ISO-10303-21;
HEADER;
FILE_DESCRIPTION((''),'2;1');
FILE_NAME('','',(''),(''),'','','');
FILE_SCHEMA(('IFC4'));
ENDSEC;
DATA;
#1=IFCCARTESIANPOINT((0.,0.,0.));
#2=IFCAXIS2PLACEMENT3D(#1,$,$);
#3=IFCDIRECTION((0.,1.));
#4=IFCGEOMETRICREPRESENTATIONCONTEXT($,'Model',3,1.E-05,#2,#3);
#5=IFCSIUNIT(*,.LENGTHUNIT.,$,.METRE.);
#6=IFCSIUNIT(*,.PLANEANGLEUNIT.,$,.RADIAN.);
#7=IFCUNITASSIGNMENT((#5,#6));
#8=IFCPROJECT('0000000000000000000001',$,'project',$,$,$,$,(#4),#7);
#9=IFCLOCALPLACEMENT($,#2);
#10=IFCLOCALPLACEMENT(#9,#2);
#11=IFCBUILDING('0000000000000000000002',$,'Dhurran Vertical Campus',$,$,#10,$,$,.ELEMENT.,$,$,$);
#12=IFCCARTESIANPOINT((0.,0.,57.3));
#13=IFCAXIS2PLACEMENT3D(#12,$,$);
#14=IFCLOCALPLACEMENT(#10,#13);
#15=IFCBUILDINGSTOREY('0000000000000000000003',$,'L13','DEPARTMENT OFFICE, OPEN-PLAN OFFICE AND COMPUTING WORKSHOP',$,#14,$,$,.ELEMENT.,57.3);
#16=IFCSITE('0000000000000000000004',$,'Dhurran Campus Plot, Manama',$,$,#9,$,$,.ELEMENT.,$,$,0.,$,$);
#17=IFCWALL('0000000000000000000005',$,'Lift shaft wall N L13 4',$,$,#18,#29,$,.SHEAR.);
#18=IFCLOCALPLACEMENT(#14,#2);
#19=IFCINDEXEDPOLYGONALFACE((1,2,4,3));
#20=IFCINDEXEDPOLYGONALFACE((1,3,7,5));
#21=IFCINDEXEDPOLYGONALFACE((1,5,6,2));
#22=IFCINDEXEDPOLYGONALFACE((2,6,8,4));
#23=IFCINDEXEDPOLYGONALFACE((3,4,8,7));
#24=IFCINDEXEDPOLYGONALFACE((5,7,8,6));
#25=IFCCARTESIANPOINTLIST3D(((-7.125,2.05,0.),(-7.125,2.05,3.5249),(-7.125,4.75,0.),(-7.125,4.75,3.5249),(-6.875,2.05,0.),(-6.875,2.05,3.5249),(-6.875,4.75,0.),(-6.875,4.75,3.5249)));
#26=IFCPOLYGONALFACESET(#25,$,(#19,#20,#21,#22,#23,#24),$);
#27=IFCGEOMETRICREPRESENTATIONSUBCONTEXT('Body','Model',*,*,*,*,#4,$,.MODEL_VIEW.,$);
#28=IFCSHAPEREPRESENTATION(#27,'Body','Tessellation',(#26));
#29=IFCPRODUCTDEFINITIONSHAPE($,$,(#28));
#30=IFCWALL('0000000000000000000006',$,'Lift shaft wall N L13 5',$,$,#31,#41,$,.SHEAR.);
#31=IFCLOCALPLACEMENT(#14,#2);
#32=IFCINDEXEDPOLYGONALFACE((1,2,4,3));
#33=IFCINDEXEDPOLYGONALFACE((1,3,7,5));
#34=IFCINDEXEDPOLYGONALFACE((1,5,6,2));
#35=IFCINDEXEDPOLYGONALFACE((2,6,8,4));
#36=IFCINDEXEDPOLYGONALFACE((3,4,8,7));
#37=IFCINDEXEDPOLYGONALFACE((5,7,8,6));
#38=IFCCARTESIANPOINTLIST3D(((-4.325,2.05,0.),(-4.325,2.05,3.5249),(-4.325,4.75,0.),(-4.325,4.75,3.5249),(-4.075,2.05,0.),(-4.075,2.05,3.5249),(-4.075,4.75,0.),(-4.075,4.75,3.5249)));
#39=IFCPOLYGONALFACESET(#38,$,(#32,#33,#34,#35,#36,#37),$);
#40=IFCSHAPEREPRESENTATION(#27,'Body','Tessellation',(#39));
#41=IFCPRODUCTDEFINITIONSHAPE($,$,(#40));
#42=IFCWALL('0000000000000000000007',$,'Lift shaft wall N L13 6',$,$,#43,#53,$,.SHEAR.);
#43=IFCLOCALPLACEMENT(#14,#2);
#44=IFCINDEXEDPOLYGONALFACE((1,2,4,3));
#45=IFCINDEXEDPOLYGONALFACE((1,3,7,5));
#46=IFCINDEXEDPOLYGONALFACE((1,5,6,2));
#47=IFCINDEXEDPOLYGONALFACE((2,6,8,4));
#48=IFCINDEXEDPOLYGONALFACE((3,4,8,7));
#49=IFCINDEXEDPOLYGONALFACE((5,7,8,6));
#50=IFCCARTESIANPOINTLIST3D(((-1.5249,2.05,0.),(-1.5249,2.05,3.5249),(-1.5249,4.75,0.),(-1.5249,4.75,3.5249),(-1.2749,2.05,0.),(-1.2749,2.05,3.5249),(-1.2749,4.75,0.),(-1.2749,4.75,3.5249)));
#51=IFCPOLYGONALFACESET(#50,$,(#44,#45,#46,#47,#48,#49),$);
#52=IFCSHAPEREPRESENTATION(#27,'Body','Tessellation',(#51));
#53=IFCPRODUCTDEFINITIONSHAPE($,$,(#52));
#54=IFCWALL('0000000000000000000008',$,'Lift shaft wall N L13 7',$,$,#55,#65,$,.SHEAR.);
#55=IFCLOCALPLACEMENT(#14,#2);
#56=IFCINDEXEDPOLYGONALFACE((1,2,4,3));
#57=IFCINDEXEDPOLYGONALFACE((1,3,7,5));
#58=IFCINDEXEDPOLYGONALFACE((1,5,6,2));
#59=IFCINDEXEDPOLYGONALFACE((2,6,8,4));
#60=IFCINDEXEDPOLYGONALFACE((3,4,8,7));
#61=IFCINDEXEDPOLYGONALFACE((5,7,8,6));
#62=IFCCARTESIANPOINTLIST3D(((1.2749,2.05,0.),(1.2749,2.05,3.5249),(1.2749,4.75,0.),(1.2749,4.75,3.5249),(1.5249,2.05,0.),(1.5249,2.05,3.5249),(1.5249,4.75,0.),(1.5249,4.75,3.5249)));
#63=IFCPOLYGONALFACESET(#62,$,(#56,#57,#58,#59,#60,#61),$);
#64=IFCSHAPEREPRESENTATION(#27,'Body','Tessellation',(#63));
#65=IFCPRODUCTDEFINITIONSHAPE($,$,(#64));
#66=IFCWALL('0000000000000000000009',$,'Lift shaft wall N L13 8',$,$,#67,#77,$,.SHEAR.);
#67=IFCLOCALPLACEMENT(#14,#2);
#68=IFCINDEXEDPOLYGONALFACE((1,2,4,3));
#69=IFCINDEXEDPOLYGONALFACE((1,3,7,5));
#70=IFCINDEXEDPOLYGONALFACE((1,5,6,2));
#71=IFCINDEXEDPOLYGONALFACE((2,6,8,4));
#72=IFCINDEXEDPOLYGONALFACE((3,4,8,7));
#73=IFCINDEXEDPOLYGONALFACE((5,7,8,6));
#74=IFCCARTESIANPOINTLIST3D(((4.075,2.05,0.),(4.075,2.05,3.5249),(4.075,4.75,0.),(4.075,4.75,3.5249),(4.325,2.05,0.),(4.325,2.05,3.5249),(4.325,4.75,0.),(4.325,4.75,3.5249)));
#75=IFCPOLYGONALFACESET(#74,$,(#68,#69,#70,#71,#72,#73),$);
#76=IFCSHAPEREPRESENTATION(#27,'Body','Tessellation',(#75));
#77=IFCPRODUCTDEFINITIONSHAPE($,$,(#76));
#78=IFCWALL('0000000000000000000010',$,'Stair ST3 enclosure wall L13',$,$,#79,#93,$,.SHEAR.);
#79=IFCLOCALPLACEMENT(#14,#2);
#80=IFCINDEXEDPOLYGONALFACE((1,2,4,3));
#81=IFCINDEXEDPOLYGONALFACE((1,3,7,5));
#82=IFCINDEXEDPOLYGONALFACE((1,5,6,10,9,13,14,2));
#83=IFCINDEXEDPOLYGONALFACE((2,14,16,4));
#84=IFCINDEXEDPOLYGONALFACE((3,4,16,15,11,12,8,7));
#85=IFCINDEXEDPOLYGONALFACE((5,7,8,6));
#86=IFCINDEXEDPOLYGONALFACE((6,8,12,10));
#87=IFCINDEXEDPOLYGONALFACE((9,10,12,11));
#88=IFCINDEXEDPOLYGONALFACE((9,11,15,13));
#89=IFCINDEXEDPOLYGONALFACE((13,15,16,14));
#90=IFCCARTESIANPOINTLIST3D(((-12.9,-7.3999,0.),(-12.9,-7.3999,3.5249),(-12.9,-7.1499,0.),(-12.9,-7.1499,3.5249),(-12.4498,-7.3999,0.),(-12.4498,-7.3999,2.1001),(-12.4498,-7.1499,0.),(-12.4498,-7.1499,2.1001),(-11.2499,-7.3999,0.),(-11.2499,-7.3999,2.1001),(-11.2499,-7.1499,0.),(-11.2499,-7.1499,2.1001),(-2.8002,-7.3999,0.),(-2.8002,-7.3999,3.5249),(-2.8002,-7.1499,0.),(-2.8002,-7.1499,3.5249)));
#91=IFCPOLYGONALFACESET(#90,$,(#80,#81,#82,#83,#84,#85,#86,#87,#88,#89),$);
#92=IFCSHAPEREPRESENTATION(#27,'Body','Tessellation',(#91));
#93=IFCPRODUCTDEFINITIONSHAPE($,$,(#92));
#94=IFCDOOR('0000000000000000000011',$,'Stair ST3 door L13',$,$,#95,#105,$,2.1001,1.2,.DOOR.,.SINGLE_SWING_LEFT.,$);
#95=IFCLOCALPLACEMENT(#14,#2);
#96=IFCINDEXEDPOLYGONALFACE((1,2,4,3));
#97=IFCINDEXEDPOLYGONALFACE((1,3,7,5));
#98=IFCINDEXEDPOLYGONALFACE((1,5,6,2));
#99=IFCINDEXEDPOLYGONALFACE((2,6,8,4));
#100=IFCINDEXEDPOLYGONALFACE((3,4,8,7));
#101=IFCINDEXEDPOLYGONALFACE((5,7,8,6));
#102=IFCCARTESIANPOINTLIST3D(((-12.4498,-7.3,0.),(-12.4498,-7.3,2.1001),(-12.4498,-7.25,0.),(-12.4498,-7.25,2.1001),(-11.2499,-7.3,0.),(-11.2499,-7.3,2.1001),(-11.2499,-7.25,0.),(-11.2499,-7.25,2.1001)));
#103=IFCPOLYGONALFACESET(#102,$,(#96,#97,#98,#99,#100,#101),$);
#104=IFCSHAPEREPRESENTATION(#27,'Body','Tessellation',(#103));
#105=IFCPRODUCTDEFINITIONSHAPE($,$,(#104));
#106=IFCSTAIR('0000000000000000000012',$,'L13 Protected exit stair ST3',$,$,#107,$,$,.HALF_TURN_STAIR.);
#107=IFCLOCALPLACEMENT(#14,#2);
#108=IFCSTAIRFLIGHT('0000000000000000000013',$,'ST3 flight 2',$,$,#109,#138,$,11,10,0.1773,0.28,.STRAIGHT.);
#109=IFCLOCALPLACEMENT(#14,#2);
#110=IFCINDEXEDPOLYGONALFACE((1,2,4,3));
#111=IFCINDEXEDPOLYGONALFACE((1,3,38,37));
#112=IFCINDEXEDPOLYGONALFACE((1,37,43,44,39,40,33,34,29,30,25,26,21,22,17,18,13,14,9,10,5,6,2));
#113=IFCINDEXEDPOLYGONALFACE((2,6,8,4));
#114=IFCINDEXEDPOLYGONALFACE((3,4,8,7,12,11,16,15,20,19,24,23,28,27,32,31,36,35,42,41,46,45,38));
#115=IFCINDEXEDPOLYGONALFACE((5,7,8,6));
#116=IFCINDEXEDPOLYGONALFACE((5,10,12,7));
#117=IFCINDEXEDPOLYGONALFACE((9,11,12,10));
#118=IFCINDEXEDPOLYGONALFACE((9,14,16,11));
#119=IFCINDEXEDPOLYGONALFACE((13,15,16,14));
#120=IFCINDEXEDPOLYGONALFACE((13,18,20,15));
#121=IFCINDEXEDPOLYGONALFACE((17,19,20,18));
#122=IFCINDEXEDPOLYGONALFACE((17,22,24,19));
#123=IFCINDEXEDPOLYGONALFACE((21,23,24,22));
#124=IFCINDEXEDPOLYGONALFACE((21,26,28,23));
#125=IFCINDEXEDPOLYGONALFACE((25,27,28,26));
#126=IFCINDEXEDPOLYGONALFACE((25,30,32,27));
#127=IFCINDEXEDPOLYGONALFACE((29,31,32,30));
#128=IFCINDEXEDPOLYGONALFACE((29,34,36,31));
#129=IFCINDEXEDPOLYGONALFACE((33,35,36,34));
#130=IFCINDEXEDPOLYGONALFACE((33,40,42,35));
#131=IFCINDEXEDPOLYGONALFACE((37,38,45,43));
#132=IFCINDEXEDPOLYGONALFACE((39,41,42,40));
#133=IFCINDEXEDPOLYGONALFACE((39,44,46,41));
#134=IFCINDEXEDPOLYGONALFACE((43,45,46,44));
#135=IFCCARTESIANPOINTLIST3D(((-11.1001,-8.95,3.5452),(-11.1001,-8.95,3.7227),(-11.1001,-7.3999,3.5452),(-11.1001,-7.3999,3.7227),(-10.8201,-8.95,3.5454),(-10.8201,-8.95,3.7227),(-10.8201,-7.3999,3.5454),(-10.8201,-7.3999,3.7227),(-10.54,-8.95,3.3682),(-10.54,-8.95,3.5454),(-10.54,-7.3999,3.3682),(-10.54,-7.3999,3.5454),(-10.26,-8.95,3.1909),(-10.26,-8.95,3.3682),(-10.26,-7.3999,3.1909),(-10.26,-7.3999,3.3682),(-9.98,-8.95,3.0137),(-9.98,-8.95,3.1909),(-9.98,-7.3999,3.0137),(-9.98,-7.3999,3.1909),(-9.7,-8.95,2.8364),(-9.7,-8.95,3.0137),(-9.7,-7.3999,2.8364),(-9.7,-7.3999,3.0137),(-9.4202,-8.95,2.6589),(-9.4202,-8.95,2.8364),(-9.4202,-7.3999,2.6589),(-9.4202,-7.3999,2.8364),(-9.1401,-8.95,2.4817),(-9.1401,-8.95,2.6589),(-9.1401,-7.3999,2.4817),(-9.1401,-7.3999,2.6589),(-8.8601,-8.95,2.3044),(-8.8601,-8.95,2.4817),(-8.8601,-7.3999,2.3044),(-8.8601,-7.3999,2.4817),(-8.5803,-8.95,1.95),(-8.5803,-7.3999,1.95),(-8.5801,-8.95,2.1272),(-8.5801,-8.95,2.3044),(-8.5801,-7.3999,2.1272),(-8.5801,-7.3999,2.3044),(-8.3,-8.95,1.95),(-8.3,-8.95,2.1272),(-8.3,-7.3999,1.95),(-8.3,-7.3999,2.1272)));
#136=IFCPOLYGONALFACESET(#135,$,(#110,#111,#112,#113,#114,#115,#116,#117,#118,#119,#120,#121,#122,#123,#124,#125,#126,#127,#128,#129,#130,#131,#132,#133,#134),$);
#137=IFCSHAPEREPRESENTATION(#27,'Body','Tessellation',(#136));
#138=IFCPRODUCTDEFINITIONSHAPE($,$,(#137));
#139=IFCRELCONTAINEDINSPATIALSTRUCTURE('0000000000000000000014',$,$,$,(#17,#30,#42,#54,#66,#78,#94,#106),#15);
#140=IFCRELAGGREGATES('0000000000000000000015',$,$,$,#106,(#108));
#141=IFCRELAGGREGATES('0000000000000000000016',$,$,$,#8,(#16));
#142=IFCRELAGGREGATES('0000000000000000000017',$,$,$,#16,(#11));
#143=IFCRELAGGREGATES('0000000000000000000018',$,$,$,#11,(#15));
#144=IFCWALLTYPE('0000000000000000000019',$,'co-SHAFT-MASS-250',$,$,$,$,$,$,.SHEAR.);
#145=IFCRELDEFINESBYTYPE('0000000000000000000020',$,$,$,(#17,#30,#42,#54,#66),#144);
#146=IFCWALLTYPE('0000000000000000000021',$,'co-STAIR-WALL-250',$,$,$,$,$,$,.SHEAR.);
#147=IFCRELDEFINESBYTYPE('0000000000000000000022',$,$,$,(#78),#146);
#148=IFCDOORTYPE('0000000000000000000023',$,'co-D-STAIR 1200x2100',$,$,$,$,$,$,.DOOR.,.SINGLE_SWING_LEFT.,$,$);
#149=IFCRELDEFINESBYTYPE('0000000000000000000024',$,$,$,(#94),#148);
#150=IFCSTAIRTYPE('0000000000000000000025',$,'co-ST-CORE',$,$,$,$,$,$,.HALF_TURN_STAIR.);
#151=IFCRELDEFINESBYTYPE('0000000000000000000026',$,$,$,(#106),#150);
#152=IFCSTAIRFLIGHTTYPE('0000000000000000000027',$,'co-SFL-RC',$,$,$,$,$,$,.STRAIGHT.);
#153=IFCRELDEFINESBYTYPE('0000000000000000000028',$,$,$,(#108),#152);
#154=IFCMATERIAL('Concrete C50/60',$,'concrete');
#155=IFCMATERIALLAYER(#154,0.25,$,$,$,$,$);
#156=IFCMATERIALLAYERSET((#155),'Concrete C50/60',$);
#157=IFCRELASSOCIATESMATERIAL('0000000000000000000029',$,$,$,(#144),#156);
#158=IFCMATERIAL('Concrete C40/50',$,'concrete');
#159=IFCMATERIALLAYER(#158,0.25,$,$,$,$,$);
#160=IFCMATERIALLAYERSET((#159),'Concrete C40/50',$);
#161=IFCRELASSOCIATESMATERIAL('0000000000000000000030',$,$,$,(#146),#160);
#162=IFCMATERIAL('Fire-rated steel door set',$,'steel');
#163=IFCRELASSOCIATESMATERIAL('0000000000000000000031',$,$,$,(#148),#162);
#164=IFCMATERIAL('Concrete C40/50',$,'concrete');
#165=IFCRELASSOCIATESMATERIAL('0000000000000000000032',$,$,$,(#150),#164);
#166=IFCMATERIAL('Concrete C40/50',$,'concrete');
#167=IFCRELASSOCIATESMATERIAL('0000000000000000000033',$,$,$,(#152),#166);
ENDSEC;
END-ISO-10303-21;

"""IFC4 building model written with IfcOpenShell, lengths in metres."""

from ifc_helpers import new_model, si_unit, direction, frame, frame_2d, origin, place, context, subcontext, project, spatial, polyline, rectangle, outline, extrude, material, layer, layer_set, type_object, element, fill, aggregate, save


model = new_model("IFC4")

# Units and contexts
model_context = context("Model", 3, precision=1e-05, world=origin(), true_north=direction((0.0, 1.0)))
body_context = subcontext(model_context, "Body", "Model", "MODEL_VIEW")
ifc_project = project(units=[si_unit("LENGTHUNIT", "METRE"), si_unit("PLANEANGLEUNIT", "RADIAN")], contexts=[model_context])

# Site, building, storey
site_placement = place(None, origin())
site = spatial("IfcSite", under=ifc_project, at=site_placement, Name="Dhurran Campus Plot, Manama", CompositionType="ELEMENT", RefElevation=0.0)
building_placement = place(site_placement, origin())
building = spatial("IfcBuilding", under=site, at=building_placement, Name="Dhurran Vertical Campus", CompositionType="ELEMENT")
storey_placement = place(building_placement, frame((0.0, 0.0, 57.3)))
storey = spatial("IfcBuildingStorey", under=building, at=storey_placement, Name="L13", Description="DEPARTMENT OFFICE, OPEN-PLAN OFFICE AND COMPUTING WORKSHOP", CompositionType="ELEMENT", Elevation=57.3)

# Walls
ifc_material_1 = material(Name="Concrete C50/60", Category="concrete")
ifc_layer_1 = layer(ifc_material_1, 0.25)
ifc_layer_set_1 = layer_set([ifc_layer_1], Name="Concrete C50/60")
wall_type_1 = type_object("IfcWallType", Name="co-SHAFT-MASS-250", PredefinedType="SHEAR", material=ifc_layer_set_1)
wall_1_placement = place(storey_placement, origin())
element("IfcWall", 1, at=wall_1_placement, inside=storey, type_object=wall_type_1, Name="Lift shaft wall N L13 4", PredefinedType="SHEAR", context=body_context, shape_type="SweptSolid", body=[
    extrude(outline(polyline([(-7.125, 2.05), (-6.875, 2.05), (-6.875, 4.75), (-7.125, 4.75), (-7.125, 2.05)])), origin(), (0.0, 0.0, 1.0), 3.5249),
])
wall_2_placement = place(storey_placement, origin())
element("IfcWall", 2, at=wall_2_placement, inside=storey, type_object=wall_type_1, Name="Lift shaft wall N L13 5", PredefinedType="SHEAR", context=body_context, shape_type="SweptSolid", body=[
    extrude(outline(polyline([(-4.325, 2.05), (-4.075, 2.05), (-4.075, 4.75), (-4.325, 4.75), (-4.325, 2.05)])), origin(), (0.0, 0.0, 1.0), 3.5249),
])
wall_3_placement = place(storey_placement, origin())
element("IfcWall", 3, at=wall_3_placement, inside=storey, type_object=wall_type_1, Name="Lift shaft wall N L13 6", PredefinedType="SHEAR", context=body_context, shape_type="SweptSolid", body=[
    extrude(outline(polyline([(-1.5249, 2.05), (-1.2749, 2.05), (-1.2749, 4.75), (-1.5249, 4.75), (-1.5249, 2.05)])), origin(), (0.0, 0.0, 1.0), 3.5249),
])
wall_4_placement = place(storey_placement, origin())
element("IfcWall", 4, at=wall_4_placement, inside=storey, type_object=wall_type_1, Name="Lift shaft wall N L13 7", PredefinedType="SHEAR", context=body_context, shape_type="SweptSolid", body=[
    extrude(outline(polyline([(1.2749, 2.05), (1.5249, 2.05), (1.5249, 4.75), (1.2749, 4.75), (1.2749, 2.05)])), origin(), (0.0, 0.0, 1.0), 3.5249),
])
wall_5_placement = place(storey_placement, origin())
element("IfcWall", 5, at=wall_5_placement, inside=storey, type_object=wall_type_1, Name="Lift shaft wall N L13 8", PredefinedType="SHEAR", context=body_context, shape_type="SweptSolid", body=[
    extrude(outline(polyline([(4.075, 2.05), (4.325, 2.05), (4.325, 4.75), (4.075, 4.75), (4.075, 2.05)])), origin(), (0.0, 0.0, 1.0), 3.5249),
])

# Wall, opening, door
ifc_material_2 = material(Name="Concrete C40/50", Category="concrete")
ifc_layer_2 = layer(ifc_material_2, 0.25)
ifc_layer_set_2 = layer_set([ifc_layer_2], Name="Concrete C40/50")
wall_type_2 = type_object("IfcWallType", Name="co-STAIR-WALL-250", PredefinedType="SHEAR", material=ifc_layer_set_2)
wall_6_placement = place(storey_placement, frame((-12.8999, -7.2749, 0.0), z_axis=(0.0, 0.0, 1.0), x_axis=(1.0, 0.0, 0.0)))
wall_6 = element("IfcWall", 6, at=wall_6_placement, inside=storey, type_object=wall_type_2, Name="Stair ST3 enclosure wall L13", PredefinedType="SHEAR", context=body_context, shape_type="SweptSolid", body=[
    extrude(rectangle(XDim=10.0999, YDim=0.25, at=frame_2d((5.0498, 0.0))), origin(), (0.0, 0.0, 1.0), 3.5249),
])
opening_1_placement = place(wall_6_placement, frame((0.45, 0.0, 0.0)))
opening_1 = element("IfcOpeningElement", 7, at=opening_1_placement, cuts=wall_6, PredefinedType="OPENING", context=body_context, shape_type="SweptSolid", body=[
    extrude(rectangle(XDim=1.2, YDim=2.1001, at=frame_2d((0.6001, 1.05))), frame((0.0, 0.135, 0.0), z_axis=(0.0, -1.0, 0.0), x_axis=(1.0, 0.0, 0.0)), (0.0, 0.0, 1.0), 0.27),
])
ifc_material_3 = material(Name="Fire-rated steel door set", Category="steel")
door_type_1 = type_object("IfcDoorType", Name="co-D-STAIR 1200x2100", OperationType="SINGLE_SWING_LEFT", PredefinedType="DOOR", material=ifc_material_3)
door_1_placement = place(opening_1_placement, origin())
door_1 = element("IfcDoor", 8, at=door_1_placement, inside=storey, type_object=door_type_1, Name="Stair ST3 door L13", OperationType="SINGLE_SWING_LEFT", OverallHeight=2.1001, OverallWidth=1.2, PredefinedType="DOOR", context=body_context, shape_type="SweptSolid", body=[
    extrude(rectangle(XDim=1.2, YDim=2.1001, at=frame_2d((0.6001, 1.05))), frame((0.0, 0.0249, 0.0), z_axis=(0.0, -1.0, 0.0), x_axis=(1.0, 0.0, 0.0)), (0.0, 0.0, 1.0), 0.05),
])
fill(opening_1, door_1)

# Stair, stair flight
ifc_material_4 = material(Name="Concrete C40/50", Category="concrete")
stair_type = type_object("IfcStairType", Name="co-ST-CORE", PredefinedType="HALF_TURN_STAIR", material=ifc_material_4)
stair_placement = place(storey_placement, origin())
stair = element("IfcStair", 9, at=stair_placement, inside=storey, type_object=stair_type, Name="L13 Protected exit stair ST3", PredefinedType="HALF_TURN_STAIR")
ifc_material_5 = material(Name="Concrete C40/50", Category="concrete")
stair_flight_type = type_object("IfcStairFlightType", Name="co-SFL-RC", PredefinedType="STRAIGHT", material=ifc_material_5)
stair_flight_placement = place(storey_placement, frame((-8.3, -8.175, 1.95), z_axis=(0.0, 0.0, 1.0), x_axis=(-1.0, 0.0, 0.0)))
stair_flight = element("IfcStairFlight", 10, at=stair_flight_placement, type_object=stair_flight_type, Name="ST3 flight 2", NumberOfRisers=11, NumberOfTreads=10, PredefinedType="STRAIGHT", RiserHeight=0.1773, TreadLength=0.28, context=body_context, shape_type="SweptSolid", body=[
    extrude(outline(polyline([(0.0, 0.0), (0.0, 0.1772), (0.28, 0.1772), (0.28, 0.3545), (0.5601, 0.3545), (0.5601, 0.5317), (0.8401, 0.5317), (0.8401, 0.709), (1.1201, 0.709), (1.1201, 0.8865), (1.3999, 0.8865), (1.3999, 1.0637), (1.6799, 1.0637), (1.6799, 1.241), (1.96, 1.241), (1.96, 1.4182), (2.24, 1.4182), (2.24, 1.5955), (2.52, 1.5955), (2.52, 1.7727), (2.8, 1.7727), (2.8, 1.95), (2.8, 1.5952), (0.2803, 0.0), (0.0, 0.0)])), frame((0.0, 0.7749, 0.0), z_axis=(0.0, -1.0, 0.0), x_axis=(1.0, 0.0, 0.0)), (0.0, 0.0, 1.0), 1.55),
])
aggregate(stair, [stair_flight])

save(model, "model.ifc")
